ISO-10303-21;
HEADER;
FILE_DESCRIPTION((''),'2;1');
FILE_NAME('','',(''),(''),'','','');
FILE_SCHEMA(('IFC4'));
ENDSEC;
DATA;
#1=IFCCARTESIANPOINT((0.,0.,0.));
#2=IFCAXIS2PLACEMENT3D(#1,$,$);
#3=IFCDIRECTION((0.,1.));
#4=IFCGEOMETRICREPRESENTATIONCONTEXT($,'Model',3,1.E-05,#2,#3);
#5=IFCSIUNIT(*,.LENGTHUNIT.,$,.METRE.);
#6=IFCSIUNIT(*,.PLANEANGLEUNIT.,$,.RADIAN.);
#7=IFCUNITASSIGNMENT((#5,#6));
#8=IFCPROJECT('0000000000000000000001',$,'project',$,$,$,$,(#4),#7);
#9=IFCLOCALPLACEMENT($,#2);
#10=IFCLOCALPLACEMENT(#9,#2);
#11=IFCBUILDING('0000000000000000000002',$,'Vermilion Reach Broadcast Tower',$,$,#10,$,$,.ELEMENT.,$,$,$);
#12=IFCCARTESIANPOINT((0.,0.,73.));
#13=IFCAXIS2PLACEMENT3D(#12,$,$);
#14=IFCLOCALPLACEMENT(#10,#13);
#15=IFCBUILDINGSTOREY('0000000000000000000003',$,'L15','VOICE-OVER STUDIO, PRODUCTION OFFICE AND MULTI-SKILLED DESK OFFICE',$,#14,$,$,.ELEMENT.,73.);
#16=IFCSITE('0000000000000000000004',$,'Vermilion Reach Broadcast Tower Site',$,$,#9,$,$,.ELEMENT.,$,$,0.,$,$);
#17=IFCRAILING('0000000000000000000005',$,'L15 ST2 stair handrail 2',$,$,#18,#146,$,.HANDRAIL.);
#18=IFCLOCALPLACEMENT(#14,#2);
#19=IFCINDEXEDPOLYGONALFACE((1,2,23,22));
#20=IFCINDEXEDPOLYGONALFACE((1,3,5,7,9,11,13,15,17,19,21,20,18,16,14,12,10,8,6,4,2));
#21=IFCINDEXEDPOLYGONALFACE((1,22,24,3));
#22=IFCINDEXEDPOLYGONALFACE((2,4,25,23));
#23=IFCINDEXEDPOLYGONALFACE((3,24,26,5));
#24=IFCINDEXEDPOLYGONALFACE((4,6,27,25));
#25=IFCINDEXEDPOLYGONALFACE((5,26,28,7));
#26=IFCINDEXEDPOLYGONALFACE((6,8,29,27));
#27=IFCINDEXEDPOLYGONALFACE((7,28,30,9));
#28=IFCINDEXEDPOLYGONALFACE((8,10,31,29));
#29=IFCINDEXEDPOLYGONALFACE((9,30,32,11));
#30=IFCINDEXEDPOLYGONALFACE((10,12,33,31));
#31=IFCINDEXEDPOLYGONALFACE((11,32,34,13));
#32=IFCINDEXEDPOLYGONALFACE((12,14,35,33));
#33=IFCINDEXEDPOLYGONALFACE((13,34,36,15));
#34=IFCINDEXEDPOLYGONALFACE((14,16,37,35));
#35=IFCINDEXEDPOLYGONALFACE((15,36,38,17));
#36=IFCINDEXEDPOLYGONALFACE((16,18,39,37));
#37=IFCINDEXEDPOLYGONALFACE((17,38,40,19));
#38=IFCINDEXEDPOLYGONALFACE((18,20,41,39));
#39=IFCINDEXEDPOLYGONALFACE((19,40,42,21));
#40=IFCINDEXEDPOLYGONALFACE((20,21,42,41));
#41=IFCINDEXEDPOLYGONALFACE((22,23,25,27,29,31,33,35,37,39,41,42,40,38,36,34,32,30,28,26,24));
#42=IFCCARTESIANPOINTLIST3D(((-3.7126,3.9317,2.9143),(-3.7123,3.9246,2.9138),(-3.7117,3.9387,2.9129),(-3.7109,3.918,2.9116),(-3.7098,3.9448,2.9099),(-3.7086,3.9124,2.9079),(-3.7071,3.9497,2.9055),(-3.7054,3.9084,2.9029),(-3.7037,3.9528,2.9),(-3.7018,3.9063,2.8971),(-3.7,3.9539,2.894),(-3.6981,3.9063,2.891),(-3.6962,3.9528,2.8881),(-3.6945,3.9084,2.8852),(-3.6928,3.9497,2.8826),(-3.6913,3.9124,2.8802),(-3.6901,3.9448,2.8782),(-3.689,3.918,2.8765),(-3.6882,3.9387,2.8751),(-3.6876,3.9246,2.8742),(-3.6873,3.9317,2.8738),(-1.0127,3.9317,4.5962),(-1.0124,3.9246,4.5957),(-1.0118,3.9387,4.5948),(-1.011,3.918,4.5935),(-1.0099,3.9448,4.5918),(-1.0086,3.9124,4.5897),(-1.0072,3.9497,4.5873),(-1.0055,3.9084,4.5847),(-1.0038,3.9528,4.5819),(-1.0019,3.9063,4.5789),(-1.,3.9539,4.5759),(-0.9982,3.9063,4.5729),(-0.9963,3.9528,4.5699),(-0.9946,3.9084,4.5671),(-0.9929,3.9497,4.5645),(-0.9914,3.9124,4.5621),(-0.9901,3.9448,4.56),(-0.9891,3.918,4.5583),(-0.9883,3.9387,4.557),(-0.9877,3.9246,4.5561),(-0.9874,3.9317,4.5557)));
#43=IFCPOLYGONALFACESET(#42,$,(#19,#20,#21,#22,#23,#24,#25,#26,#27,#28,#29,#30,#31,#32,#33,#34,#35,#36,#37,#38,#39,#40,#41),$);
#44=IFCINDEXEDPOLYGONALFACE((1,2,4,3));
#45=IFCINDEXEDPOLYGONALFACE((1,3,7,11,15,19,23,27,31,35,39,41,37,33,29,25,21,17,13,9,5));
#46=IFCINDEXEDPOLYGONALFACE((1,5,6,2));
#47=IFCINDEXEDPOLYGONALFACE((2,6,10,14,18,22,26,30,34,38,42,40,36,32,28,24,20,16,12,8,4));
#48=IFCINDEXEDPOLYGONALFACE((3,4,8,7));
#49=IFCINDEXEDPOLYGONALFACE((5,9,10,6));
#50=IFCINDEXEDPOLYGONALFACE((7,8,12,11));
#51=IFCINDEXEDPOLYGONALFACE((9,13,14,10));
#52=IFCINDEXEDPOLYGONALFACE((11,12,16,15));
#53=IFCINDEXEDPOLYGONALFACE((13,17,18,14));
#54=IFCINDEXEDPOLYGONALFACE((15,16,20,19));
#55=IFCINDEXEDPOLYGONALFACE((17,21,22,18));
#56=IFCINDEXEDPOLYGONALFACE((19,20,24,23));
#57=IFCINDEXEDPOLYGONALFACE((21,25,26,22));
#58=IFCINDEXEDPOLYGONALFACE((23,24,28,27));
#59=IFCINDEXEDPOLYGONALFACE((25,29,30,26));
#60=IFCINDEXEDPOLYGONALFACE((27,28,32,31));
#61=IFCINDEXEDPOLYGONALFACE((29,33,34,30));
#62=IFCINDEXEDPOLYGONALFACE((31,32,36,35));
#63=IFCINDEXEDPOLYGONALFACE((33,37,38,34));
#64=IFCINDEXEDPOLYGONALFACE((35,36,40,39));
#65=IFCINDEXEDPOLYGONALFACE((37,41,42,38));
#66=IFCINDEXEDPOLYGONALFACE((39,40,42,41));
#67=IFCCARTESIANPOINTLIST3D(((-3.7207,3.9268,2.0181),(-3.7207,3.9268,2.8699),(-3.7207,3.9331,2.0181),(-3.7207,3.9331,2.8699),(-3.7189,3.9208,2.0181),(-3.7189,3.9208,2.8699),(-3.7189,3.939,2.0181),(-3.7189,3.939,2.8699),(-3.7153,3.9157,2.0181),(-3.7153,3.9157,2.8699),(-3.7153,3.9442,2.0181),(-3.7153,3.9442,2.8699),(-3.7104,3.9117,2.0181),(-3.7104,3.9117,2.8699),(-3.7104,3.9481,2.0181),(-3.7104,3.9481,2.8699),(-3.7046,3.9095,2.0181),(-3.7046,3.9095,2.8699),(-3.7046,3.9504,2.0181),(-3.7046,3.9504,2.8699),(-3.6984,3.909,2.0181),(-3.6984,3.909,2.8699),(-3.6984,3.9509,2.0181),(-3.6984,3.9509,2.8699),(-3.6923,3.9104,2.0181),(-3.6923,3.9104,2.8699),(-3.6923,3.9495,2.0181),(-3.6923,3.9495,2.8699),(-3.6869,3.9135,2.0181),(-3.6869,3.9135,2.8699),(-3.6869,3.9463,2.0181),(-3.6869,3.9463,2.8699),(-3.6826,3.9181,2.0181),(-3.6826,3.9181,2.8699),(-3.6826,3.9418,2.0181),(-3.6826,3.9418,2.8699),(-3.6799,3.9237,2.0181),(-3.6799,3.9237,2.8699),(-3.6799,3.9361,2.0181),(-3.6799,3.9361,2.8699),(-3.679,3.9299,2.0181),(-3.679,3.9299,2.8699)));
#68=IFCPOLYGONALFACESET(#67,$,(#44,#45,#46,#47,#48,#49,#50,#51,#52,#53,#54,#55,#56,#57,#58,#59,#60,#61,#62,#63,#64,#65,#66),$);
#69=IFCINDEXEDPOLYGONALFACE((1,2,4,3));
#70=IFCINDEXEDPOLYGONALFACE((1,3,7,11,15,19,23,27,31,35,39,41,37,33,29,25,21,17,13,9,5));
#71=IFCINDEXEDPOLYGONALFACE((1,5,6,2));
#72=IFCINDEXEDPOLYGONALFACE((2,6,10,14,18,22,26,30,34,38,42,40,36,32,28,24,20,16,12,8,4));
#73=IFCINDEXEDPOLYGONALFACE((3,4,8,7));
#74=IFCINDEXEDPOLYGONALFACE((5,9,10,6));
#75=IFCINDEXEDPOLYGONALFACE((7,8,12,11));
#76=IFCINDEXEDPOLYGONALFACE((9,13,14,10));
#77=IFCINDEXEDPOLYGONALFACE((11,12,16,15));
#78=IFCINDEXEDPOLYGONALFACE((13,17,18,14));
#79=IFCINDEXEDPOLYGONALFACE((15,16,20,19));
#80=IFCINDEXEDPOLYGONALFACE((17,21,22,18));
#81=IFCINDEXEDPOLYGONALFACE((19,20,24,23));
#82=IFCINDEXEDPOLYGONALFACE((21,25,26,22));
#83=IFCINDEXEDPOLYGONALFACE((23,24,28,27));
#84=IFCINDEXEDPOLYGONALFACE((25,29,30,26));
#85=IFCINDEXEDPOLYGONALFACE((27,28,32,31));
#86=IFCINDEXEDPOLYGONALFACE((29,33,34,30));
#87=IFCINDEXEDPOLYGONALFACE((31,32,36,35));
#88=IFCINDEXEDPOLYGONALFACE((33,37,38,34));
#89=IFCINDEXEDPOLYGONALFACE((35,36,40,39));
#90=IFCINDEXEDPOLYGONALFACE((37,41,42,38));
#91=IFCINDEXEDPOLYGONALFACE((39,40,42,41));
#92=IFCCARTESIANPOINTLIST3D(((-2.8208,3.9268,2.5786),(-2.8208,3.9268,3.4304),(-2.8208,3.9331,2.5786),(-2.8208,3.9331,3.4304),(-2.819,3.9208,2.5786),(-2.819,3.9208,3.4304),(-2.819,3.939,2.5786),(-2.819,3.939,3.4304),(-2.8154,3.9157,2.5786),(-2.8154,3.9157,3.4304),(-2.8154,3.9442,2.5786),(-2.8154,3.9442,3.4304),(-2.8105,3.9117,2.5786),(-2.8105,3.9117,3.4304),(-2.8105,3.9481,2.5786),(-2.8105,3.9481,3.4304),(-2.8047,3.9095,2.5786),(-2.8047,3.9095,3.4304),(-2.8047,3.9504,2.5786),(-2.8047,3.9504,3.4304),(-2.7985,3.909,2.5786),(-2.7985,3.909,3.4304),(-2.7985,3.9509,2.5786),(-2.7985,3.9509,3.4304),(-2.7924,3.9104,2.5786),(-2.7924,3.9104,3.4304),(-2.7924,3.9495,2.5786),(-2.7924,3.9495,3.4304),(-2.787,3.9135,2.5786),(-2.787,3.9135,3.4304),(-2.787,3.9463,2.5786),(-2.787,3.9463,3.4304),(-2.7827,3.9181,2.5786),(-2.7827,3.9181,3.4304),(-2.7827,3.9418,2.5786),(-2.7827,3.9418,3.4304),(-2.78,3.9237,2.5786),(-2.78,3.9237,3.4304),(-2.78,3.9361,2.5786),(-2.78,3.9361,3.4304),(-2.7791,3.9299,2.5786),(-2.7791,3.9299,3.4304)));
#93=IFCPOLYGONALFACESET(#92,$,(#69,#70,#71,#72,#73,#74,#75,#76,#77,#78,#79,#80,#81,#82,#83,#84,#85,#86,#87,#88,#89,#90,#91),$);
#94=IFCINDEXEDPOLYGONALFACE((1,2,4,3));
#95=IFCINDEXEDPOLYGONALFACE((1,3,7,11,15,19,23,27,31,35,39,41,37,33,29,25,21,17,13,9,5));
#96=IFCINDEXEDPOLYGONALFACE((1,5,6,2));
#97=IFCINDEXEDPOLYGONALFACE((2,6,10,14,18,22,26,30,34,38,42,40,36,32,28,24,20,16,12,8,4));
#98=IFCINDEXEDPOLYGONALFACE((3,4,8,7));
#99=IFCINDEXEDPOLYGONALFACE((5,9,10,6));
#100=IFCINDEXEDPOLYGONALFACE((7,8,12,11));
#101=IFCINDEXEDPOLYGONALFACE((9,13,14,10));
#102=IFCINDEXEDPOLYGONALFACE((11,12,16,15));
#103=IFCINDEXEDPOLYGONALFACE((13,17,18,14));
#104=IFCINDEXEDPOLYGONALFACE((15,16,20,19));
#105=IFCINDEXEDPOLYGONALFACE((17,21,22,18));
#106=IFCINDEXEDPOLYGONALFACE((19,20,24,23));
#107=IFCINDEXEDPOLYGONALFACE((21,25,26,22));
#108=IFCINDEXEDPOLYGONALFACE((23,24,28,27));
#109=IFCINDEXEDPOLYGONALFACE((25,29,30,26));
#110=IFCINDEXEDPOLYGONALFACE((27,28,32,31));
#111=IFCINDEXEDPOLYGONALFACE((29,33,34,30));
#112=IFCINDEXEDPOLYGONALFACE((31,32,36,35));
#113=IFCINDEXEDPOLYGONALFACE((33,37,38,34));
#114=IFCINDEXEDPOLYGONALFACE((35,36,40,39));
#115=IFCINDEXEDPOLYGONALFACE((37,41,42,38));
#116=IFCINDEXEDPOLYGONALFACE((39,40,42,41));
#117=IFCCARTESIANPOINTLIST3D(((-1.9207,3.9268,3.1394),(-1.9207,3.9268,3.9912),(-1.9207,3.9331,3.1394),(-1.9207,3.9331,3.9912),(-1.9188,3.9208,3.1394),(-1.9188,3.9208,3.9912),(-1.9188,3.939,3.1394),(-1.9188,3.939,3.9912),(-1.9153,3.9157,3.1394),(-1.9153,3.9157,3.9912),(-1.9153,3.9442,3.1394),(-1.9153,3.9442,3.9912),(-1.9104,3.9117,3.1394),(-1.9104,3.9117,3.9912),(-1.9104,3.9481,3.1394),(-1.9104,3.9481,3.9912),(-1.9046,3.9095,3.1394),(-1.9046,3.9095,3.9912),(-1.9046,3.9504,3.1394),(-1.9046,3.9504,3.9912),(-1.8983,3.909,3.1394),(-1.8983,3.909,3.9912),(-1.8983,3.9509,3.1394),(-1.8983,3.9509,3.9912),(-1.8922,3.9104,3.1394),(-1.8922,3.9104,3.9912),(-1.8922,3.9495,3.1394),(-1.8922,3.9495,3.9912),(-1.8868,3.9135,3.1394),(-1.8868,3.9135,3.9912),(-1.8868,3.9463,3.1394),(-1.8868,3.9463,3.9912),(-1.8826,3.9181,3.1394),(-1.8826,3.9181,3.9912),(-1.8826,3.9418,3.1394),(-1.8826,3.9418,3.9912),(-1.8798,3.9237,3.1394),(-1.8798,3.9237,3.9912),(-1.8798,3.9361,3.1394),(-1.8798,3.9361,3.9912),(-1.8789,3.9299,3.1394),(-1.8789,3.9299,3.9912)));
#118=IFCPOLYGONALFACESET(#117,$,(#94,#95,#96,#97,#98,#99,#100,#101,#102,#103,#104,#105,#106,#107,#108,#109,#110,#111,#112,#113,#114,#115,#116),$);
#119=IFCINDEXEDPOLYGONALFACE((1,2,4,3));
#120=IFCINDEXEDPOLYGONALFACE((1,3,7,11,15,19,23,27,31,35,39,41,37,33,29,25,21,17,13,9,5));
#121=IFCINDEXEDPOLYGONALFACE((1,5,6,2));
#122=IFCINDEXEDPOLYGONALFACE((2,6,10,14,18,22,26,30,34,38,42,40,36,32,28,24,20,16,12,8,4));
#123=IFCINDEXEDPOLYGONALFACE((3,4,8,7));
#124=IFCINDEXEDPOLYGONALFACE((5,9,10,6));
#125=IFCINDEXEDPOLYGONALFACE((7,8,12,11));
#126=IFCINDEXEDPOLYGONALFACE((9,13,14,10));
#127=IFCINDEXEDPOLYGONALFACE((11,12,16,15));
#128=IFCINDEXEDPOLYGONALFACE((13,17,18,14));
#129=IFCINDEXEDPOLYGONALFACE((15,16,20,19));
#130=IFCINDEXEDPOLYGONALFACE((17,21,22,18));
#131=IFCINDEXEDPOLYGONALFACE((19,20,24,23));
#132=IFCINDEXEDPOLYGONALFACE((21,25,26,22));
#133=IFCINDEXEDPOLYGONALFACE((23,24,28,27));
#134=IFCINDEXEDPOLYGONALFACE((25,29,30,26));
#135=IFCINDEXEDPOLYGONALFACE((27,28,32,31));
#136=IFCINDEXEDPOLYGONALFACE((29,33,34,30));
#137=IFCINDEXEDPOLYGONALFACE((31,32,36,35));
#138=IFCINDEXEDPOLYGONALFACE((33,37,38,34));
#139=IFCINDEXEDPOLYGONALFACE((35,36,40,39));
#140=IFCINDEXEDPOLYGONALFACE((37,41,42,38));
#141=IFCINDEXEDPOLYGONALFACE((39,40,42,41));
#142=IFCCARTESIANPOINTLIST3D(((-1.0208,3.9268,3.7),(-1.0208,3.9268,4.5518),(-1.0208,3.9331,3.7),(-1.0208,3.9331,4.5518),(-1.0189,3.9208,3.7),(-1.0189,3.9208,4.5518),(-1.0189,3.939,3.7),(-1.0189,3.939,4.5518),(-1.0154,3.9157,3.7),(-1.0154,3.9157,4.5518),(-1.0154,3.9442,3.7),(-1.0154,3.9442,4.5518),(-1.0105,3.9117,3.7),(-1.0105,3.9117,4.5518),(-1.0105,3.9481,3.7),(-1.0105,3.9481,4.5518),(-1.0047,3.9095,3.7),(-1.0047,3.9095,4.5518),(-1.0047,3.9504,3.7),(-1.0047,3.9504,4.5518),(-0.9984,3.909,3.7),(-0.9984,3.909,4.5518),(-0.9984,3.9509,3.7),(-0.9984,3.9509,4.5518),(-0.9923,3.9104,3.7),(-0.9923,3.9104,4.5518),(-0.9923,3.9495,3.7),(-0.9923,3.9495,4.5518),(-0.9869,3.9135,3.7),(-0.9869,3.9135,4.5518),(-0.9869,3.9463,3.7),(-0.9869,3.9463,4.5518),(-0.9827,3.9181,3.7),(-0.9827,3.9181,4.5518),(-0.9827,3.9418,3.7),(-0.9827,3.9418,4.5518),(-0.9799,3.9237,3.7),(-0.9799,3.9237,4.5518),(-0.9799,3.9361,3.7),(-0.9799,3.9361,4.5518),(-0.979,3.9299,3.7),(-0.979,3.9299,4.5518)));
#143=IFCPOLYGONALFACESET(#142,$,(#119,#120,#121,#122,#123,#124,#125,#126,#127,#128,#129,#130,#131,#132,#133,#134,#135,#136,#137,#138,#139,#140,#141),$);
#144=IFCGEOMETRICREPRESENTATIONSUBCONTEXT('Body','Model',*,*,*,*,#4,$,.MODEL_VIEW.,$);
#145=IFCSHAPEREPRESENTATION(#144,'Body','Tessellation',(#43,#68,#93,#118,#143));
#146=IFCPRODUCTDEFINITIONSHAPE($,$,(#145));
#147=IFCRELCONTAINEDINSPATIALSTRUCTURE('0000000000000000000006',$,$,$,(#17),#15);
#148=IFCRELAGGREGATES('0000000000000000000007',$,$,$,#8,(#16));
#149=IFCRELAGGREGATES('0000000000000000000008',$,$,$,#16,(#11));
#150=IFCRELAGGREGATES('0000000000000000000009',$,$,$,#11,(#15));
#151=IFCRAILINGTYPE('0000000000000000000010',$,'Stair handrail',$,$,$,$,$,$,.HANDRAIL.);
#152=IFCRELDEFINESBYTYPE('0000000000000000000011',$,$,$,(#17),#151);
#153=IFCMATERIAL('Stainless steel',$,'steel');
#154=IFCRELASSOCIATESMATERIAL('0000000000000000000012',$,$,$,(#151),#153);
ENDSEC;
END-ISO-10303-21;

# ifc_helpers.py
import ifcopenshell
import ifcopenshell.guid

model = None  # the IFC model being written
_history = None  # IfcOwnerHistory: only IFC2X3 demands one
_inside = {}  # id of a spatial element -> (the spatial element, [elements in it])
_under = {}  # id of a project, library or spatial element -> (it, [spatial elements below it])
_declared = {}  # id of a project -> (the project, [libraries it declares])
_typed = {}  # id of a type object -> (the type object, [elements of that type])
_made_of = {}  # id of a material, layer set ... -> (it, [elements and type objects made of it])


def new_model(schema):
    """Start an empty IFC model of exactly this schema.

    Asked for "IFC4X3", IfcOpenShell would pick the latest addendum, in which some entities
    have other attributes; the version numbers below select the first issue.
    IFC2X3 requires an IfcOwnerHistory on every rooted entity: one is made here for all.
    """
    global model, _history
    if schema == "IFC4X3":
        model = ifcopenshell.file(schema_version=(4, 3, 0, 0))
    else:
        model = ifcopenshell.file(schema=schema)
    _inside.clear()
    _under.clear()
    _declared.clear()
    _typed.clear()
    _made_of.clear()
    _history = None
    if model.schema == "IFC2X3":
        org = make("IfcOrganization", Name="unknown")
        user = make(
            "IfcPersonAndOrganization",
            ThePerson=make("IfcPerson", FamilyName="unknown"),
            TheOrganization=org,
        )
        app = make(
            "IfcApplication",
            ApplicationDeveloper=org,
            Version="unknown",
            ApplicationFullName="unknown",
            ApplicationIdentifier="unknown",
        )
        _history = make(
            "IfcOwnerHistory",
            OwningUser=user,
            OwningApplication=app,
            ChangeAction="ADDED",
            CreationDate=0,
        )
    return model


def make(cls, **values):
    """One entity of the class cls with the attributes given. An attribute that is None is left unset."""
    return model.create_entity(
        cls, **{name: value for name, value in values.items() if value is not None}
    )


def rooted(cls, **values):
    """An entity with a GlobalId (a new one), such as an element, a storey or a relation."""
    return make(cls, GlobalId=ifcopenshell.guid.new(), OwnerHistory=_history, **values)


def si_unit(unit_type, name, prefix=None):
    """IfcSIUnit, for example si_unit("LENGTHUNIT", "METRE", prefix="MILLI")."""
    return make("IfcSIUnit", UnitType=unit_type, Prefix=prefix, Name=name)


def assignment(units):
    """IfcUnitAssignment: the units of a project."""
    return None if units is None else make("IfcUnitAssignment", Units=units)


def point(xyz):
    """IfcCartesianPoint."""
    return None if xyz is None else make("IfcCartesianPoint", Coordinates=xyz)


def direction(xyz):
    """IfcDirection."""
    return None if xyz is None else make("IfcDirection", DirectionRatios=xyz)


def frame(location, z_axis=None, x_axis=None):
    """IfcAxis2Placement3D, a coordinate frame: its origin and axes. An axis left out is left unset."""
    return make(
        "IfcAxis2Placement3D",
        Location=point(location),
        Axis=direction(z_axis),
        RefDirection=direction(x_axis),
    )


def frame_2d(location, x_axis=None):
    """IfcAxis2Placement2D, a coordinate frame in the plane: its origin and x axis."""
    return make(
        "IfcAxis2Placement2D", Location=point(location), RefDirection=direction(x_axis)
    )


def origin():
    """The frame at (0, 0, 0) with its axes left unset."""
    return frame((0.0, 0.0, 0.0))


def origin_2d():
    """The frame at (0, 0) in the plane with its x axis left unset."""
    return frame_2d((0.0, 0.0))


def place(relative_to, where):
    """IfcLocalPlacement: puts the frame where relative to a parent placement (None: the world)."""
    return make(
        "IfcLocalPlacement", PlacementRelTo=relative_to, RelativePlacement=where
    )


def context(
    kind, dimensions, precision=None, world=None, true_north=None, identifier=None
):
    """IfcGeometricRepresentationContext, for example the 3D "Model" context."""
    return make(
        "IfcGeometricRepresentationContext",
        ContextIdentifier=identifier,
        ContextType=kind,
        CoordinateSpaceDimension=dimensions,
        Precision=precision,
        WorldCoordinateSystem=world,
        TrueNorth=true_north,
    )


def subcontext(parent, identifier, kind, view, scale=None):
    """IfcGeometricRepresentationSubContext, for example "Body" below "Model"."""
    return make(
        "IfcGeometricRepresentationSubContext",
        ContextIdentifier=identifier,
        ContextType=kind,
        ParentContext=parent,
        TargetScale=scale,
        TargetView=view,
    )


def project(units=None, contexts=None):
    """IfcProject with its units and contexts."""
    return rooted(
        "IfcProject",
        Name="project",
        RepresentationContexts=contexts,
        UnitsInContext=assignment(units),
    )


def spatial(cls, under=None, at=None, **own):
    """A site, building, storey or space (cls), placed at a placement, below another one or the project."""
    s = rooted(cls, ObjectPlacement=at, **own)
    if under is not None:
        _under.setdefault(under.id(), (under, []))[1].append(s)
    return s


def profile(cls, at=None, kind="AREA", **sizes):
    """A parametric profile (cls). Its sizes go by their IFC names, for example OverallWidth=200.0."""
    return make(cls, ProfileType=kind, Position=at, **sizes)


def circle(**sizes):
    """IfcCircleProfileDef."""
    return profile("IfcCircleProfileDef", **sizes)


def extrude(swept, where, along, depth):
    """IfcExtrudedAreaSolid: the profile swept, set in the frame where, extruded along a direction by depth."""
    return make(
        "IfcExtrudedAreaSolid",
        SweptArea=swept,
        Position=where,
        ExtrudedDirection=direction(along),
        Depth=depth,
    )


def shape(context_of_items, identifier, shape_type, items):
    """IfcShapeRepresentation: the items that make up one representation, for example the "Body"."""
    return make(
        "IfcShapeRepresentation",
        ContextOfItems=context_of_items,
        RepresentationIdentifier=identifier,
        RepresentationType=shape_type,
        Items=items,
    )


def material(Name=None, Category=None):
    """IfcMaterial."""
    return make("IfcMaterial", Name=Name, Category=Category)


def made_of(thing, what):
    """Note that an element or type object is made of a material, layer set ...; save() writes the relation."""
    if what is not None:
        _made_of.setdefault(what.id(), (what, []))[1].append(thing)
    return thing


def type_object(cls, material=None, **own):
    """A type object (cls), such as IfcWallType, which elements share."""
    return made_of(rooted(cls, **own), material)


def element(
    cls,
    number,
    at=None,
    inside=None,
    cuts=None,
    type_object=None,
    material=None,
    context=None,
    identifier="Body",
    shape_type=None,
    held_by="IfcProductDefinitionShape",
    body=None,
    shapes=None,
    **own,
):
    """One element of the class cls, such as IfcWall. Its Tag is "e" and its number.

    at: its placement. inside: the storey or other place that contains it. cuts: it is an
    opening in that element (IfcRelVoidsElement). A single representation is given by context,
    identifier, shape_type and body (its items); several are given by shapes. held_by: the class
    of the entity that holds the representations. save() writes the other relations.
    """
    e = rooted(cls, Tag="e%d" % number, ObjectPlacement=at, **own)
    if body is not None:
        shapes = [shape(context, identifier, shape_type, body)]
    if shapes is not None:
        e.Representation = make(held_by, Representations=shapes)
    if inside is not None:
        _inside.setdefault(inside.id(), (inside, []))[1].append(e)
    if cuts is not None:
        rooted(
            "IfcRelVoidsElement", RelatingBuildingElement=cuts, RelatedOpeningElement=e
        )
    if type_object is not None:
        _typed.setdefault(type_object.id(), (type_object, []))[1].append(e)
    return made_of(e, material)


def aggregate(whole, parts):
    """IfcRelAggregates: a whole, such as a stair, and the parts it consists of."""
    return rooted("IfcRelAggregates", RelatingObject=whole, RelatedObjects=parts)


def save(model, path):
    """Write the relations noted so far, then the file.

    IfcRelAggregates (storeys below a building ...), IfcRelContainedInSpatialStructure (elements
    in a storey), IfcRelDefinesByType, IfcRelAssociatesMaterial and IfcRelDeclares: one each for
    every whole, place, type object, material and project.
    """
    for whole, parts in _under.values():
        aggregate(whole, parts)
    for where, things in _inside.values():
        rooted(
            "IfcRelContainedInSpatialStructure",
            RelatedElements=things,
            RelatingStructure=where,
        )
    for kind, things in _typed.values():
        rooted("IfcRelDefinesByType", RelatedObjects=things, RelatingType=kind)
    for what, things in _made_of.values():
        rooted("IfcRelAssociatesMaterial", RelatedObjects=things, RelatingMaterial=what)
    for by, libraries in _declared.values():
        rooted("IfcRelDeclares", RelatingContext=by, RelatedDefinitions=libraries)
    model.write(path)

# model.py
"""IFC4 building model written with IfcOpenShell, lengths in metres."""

from ifc_helpers import new_model, si_unit, direction, frame, origin, origin_2d, place, context, subcontext, project, spatial, circle, extrude, material, type_object, element, save


model = new_model("IFC4")

# Units and contexts
model_context = context("Model", 3, precision=1e-05, world=origin(), true_north=direction((0.0, 1.0)))
body_context = subcontext(model_context, "Body", "Model", "MODEL_VIEW")
ifc_project = project(units=[si_unit("LENGTHUNIT", "METRE"), si_unit("PLANEANGLEUNIT", "RADIAN")], contexts=[model_context])

# Site, building, storey
site_placement = place(None, origin())
site = spatial("IfcSite", under=ifc_project, at=site_placement, Name="Vermilion Reach Broadcast Tower Site", CompositionType="ELEMENT", RefElevation=0.0)
building_placement = place(site_placement, origin())
building = spatial("IfcBuilding", under=site, at=building_placement, Name="Vermilion Reach Broadcast Tower", CompositionType="ELEMENT")
storey_placement = place(building_placement, frame((0.0, 0.0, 73.0)))
storey = spatial("IfcBuildingStorey", under=building, at=storey_placement, Name="L15", Description="VOICE-OVER STUDIO, PRODUCTION OFFICE AND MULTI-SKILLED DESK OFFICE", CompositionType="ELEMENT", Elevation=73.0)

# Railing
ifc_material_1 = material(Name="Stainless steel", Category="steel")
railing_type_1 = type_object("IfcRailingType", Name="Stair handrail", PredefinedType="HANDRAIL", material=ifc_material_1)
railing_1_placement = place(storey_placement, frame((-3.7, 3.9299, 2.0181)))
element("IfcRailing", 1, at=railing_1_placement, inside=storey, type_object=railing_type_1, Name="L15 ST2 stair handrail 2", PredefinedType="HANDRAIL", context=body_context, shape_type="SweptSolid", body=[
    extrude(circle(Radius=0.0239, at=origin_2d()), frame((0.0, 0.0, 0.876), z_axis=(0.848786, 0.0, 0.528736), x_axis=(0.0, 1.0, 0.0)), (0.0, 0.0, 1.0), 3.1809),
    extrude(circle(Radius=0.021, at=origin_2d()), origin(), (0.0, 0.0, 1.0), 0.8518),
    extrude(circle(Radius=0.021, at=origin_2d()), frame((0.8999, 0.0, 0.5605)), (0.0, 0.0, 1.0), 0.8518),
    extrude(circle(Radius=0.021, at=origin_2d()), frame((1.8, 0.0, 1.1213)), (0.0, 0.0, 1.0), 0.8518),
    extrude(circle(Radius=0.021, at=origin_2d()), frame((2.7, 0.0, 1.6819)), (0.0, 0.0, 1.0), 0.8518),
])

save(model, "model.ifc")
